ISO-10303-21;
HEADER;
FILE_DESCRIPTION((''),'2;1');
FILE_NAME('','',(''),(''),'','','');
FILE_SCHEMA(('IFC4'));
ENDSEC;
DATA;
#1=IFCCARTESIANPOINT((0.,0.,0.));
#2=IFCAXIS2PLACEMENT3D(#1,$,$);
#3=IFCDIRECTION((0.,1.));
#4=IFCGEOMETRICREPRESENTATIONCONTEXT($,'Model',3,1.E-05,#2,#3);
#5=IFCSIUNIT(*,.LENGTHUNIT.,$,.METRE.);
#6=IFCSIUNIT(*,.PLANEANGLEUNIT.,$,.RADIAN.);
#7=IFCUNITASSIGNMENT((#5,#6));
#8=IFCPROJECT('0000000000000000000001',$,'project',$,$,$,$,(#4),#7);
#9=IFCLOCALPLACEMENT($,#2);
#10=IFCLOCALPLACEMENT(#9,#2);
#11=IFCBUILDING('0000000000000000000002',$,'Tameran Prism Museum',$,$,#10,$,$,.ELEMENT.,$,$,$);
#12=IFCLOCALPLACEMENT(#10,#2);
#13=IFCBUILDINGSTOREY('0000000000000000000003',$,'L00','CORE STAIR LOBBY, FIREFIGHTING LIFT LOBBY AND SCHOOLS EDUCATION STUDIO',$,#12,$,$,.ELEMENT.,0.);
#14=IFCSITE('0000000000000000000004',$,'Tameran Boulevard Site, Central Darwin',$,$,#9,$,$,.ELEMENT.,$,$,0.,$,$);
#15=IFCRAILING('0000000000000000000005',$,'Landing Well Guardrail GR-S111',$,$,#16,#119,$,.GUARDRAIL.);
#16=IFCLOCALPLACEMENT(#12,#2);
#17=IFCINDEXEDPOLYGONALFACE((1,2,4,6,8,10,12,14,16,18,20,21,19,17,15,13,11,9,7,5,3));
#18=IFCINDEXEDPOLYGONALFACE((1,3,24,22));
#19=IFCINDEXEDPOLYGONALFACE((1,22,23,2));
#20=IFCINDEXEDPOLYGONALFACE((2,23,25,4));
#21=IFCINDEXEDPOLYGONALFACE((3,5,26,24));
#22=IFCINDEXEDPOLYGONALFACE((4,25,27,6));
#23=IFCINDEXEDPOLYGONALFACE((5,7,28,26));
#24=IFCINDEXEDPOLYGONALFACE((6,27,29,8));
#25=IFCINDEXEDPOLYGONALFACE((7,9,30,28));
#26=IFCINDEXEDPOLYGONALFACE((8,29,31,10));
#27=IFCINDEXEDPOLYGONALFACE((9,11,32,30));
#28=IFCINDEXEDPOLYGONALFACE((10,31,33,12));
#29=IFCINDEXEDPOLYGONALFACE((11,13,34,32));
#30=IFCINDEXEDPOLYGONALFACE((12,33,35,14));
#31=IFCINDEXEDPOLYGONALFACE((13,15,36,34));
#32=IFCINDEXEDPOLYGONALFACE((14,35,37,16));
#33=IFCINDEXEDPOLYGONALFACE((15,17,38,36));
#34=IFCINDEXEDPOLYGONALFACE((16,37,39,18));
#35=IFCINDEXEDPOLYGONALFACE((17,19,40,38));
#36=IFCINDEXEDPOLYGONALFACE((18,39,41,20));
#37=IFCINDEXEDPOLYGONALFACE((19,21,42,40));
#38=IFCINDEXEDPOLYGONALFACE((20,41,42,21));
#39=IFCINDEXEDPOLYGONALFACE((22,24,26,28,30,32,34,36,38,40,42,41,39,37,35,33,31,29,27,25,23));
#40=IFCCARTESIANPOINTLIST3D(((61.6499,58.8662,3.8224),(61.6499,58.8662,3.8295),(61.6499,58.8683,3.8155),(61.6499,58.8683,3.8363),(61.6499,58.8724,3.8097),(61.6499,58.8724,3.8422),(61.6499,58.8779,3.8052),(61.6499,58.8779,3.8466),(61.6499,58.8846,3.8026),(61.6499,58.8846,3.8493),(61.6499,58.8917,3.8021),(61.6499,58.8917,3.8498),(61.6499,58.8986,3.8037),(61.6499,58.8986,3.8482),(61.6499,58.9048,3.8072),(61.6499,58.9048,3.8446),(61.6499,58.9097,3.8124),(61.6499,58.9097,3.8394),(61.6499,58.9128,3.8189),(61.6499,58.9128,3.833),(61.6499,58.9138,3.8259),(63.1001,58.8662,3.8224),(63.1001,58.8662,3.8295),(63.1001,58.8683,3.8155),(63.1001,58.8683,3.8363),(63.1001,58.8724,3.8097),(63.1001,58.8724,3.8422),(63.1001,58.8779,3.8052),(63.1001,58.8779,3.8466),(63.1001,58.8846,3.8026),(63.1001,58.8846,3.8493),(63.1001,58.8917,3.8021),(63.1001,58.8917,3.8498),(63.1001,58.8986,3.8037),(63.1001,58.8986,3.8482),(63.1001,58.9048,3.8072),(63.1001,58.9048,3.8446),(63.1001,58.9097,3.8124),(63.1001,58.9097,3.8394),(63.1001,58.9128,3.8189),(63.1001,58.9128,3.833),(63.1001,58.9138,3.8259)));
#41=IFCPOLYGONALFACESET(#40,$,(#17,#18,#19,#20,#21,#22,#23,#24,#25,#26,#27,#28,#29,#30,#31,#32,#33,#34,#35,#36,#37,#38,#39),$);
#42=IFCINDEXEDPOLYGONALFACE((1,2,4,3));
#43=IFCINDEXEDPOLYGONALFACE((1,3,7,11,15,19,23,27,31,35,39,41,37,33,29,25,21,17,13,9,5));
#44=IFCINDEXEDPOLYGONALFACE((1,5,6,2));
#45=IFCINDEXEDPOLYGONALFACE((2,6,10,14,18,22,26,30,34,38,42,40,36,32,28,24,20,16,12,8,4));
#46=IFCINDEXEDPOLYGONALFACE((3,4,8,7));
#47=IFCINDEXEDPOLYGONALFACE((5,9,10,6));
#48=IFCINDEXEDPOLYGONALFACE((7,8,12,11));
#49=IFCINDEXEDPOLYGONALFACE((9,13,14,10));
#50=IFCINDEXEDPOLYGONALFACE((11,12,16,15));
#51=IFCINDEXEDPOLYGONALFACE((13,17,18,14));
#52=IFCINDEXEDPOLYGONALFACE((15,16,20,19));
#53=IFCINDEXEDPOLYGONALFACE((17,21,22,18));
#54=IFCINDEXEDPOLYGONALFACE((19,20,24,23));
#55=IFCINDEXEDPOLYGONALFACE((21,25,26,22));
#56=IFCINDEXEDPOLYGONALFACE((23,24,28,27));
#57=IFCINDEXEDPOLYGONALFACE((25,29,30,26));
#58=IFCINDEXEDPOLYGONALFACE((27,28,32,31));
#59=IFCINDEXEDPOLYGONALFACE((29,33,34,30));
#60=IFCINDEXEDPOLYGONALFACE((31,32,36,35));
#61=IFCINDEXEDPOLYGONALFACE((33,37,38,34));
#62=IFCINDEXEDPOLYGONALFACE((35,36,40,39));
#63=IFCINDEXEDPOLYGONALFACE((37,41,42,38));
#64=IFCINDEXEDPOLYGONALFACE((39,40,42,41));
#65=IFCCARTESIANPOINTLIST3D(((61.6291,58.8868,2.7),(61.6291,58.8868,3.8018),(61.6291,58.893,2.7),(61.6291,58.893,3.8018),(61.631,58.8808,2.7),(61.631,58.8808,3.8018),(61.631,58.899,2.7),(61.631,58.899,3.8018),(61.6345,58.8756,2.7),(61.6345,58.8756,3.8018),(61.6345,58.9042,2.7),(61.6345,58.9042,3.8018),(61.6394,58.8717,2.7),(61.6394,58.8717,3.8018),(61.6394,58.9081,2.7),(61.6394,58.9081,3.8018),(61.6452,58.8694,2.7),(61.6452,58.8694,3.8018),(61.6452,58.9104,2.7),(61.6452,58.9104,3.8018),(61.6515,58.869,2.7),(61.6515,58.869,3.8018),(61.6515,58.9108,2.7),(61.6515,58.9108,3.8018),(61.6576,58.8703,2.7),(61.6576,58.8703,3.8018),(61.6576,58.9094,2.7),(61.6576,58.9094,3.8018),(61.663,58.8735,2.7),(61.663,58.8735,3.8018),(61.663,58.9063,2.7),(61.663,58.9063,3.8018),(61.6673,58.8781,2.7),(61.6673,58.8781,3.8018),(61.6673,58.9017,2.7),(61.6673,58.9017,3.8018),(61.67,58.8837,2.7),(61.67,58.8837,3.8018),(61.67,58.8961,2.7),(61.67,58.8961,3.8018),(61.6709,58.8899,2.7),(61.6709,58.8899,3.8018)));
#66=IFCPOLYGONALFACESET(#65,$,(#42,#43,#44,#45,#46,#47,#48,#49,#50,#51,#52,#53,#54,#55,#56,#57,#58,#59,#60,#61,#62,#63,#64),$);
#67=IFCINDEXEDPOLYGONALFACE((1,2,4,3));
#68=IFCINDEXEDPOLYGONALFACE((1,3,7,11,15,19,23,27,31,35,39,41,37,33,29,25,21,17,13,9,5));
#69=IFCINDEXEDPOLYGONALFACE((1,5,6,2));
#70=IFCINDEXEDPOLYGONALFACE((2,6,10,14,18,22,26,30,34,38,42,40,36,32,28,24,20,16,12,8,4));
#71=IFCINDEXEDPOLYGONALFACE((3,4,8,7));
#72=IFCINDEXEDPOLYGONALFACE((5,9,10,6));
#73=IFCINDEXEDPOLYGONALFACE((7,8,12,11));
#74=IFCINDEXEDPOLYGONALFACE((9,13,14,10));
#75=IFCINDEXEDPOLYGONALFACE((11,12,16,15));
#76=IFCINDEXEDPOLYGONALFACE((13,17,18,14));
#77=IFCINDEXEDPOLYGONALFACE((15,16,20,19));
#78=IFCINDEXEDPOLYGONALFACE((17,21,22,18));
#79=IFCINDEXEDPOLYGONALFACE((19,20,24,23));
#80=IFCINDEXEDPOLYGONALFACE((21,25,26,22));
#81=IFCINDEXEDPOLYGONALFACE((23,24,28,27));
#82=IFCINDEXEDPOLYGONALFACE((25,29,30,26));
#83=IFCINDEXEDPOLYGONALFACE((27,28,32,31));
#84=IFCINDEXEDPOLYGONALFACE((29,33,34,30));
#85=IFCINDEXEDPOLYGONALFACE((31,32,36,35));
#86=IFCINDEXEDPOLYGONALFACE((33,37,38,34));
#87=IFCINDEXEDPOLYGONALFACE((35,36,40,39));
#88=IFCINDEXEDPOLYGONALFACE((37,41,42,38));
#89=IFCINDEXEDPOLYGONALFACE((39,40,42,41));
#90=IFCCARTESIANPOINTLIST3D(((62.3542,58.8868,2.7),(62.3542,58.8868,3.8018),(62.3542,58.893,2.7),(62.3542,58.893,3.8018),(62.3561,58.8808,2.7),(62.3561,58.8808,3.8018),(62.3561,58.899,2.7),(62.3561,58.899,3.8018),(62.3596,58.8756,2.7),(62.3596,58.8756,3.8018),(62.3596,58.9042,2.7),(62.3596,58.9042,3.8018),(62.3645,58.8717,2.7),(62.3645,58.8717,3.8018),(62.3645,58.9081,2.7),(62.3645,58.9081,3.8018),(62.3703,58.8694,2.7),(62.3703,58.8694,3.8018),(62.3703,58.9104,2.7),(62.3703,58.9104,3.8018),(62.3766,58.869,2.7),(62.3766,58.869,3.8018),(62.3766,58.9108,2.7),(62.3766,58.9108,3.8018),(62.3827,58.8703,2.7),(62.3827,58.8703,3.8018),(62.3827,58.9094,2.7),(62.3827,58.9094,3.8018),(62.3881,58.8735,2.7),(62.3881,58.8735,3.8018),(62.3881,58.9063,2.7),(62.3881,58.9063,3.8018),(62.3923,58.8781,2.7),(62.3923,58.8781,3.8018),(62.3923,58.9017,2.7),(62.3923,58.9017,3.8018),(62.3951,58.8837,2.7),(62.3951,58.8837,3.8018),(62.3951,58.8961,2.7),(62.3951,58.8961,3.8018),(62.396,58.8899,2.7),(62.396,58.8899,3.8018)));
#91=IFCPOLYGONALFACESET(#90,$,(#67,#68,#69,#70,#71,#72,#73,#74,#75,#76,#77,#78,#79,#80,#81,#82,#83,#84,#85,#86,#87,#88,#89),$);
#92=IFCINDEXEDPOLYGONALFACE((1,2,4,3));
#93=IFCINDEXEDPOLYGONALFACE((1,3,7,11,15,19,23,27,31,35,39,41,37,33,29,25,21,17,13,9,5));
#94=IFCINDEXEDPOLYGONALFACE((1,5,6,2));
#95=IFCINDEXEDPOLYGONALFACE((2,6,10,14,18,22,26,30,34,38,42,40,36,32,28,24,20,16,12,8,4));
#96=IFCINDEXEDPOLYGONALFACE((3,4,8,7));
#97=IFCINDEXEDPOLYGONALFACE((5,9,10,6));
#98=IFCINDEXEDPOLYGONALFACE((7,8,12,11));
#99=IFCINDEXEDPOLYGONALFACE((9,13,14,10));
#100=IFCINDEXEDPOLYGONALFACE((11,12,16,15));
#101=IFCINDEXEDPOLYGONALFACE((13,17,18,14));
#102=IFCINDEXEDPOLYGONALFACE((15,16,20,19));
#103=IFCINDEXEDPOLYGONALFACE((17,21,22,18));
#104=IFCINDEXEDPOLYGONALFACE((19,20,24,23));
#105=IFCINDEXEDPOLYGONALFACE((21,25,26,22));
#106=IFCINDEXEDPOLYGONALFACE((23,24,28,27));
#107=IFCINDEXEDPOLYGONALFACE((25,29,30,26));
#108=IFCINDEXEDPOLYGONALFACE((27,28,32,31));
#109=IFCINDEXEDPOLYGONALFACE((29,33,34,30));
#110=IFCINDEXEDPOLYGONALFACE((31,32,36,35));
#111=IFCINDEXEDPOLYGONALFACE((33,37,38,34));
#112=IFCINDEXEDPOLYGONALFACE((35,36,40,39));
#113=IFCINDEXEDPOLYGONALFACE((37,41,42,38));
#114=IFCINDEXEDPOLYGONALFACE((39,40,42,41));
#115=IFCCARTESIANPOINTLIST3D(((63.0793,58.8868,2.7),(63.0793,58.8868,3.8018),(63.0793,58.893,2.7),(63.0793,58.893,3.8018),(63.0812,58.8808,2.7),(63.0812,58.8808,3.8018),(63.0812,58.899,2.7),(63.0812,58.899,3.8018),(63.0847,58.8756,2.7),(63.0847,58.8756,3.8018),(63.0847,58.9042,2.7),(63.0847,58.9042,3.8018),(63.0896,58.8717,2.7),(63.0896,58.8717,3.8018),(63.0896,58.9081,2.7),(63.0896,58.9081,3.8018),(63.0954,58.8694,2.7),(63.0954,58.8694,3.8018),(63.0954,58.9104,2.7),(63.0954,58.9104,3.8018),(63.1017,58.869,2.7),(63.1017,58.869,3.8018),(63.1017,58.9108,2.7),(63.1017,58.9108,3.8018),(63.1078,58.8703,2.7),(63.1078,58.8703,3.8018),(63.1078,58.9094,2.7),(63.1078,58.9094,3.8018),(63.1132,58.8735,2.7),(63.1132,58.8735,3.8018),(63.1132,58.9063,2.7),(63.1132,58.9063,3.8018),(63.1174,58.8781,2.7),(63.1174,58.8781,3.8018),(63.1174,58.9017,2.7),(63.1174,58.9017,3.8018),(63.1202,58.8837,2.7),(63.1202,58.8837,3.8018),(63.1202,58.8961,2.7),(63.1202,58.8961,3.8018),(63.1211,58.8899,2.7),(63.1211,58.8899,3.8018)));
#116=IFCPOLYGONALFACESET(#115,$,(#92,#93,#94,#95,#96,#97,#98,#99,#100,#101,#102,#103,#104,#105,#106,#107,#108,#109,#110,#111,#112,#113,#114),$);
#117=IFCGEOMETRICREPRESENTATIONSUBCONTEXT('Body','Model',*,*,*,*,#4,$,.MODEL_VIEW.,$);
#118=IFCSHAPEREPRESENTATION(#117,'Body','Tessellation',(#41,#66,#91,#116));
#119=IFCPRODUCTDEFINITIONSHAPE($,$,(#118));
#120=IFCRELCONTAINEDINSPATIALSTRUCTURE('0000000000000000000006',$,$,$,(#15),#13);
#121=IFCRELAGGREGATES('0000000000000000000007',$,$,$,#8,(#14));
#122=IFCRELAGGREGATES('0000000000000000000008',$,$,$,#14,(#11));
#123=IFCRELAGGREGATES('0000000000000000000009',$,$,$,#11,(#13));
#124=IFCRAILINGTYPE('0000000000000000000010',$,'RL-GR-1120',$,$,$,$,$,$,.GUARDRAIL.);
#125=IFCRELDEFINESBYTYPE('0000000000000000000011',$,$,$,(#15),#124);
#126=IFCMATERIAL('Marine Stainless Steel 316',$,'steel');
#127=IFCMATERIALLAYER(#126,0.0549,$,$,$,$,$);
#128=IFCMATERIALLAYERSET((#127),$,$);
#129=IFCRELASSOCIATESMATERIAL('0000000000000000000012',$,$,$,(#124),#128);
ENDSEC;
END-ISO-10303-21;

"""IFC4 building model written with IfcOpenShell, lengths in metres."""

from ifc_helpers import new_model, si_unit, direction, frame, origin, origin_2d, place, context, subcontext, project, spatial, circle, extrude, material, layer, layer_set, type_object, element, save


model = new_model("IFC4")

# Units and contexts
model_context = context("Model", 3, precision=1e-05, world=origin(), true_north=direction((0.0, 1.0)))
body_context = subcontext(model_context, "Body", "Model", "MODEL_VIEW")
ifc_project = project(units=[si_unit("LENGTHUNIT", "METRE"), si_unit("PLANEANGLEUNIT", "RADIAN")], contexts=[model_context])

# Site, building, storey
site_placement = place(None, origin())
site = spatial("IfcSite", under=ifc_project, at=site_placement, Name="Tameran Boulevard Site, Central Darwin", CompositionType="ELEMENT", RefElevation=0.0)
building_placement = place(site_placement, origin())
building = spatial("IfcBuilding", under=site, at=building_placement, Name="Tameran Prism Museum", CompositionType="ELEMENT")
storey_placement = place(building_placement, origin())
storey = spatial("IfcBuildingStorey", under=building, at=storey_placement, Name="L00", Description="CORE STAIR LOBBY, FIREFIGHTING LIFT LOBBY AND SCHOOLS EDUCATION STUDIO", CompositionType="ELEMENT", Elevation=0.0)

# Railing
ifc_material_1 = material(Name="Marine Stainless Steel 316", Category="steel")
ifc_layer_1 = layer(ifc_material_1, 0.0549)
ifc_layer_set_1 = layer_set([ifc_layer_1])
railing_type_1 = type_object("IfcRailingType", Name="RL-GR-1120", PredefinedType="GUARDRAIL", material=ifc_layer_set_1)
railing_1_placement = place(storey_placement, frame((61.6499, 58.8899, 2.7)))
element("IfcRailing", 1, at=railing_1_placement, inside=storey, type_object=railing_type_1, Name="Landing Well Guardrail GR-S111", PredefinedType="GUARDRAIL", context=body_context, shape_type="SweptSolid", body=[
    extrude(circle(Radius=0.0239, at=origin_2d()), frame((0.0, 0.0, 1.126), z_axis=(1.0, 0.0, 0.0), x_axis=(0.0, 1.0, 0.0)), (0.0, 0.0, 1.0), 1.4502),
    extrude(circle(Radius=0.021, at=origin_2d()), origin(), (0.0, 0.0, 1.0), 1.1018),
    extrude(circle(Radius=0.021, at=origin_2d()), frame((0.7251, 0.0, 0.0)), (0.0, 0.0, 1.0), 1.1018),
    extrude(circle(Radius=0.021, at=origin_2d()), frame((1.4502, 0.0, 0.0)), (0.0, 0.0, 1.0), 1.1018),
])

save(model, "model.ifc")
